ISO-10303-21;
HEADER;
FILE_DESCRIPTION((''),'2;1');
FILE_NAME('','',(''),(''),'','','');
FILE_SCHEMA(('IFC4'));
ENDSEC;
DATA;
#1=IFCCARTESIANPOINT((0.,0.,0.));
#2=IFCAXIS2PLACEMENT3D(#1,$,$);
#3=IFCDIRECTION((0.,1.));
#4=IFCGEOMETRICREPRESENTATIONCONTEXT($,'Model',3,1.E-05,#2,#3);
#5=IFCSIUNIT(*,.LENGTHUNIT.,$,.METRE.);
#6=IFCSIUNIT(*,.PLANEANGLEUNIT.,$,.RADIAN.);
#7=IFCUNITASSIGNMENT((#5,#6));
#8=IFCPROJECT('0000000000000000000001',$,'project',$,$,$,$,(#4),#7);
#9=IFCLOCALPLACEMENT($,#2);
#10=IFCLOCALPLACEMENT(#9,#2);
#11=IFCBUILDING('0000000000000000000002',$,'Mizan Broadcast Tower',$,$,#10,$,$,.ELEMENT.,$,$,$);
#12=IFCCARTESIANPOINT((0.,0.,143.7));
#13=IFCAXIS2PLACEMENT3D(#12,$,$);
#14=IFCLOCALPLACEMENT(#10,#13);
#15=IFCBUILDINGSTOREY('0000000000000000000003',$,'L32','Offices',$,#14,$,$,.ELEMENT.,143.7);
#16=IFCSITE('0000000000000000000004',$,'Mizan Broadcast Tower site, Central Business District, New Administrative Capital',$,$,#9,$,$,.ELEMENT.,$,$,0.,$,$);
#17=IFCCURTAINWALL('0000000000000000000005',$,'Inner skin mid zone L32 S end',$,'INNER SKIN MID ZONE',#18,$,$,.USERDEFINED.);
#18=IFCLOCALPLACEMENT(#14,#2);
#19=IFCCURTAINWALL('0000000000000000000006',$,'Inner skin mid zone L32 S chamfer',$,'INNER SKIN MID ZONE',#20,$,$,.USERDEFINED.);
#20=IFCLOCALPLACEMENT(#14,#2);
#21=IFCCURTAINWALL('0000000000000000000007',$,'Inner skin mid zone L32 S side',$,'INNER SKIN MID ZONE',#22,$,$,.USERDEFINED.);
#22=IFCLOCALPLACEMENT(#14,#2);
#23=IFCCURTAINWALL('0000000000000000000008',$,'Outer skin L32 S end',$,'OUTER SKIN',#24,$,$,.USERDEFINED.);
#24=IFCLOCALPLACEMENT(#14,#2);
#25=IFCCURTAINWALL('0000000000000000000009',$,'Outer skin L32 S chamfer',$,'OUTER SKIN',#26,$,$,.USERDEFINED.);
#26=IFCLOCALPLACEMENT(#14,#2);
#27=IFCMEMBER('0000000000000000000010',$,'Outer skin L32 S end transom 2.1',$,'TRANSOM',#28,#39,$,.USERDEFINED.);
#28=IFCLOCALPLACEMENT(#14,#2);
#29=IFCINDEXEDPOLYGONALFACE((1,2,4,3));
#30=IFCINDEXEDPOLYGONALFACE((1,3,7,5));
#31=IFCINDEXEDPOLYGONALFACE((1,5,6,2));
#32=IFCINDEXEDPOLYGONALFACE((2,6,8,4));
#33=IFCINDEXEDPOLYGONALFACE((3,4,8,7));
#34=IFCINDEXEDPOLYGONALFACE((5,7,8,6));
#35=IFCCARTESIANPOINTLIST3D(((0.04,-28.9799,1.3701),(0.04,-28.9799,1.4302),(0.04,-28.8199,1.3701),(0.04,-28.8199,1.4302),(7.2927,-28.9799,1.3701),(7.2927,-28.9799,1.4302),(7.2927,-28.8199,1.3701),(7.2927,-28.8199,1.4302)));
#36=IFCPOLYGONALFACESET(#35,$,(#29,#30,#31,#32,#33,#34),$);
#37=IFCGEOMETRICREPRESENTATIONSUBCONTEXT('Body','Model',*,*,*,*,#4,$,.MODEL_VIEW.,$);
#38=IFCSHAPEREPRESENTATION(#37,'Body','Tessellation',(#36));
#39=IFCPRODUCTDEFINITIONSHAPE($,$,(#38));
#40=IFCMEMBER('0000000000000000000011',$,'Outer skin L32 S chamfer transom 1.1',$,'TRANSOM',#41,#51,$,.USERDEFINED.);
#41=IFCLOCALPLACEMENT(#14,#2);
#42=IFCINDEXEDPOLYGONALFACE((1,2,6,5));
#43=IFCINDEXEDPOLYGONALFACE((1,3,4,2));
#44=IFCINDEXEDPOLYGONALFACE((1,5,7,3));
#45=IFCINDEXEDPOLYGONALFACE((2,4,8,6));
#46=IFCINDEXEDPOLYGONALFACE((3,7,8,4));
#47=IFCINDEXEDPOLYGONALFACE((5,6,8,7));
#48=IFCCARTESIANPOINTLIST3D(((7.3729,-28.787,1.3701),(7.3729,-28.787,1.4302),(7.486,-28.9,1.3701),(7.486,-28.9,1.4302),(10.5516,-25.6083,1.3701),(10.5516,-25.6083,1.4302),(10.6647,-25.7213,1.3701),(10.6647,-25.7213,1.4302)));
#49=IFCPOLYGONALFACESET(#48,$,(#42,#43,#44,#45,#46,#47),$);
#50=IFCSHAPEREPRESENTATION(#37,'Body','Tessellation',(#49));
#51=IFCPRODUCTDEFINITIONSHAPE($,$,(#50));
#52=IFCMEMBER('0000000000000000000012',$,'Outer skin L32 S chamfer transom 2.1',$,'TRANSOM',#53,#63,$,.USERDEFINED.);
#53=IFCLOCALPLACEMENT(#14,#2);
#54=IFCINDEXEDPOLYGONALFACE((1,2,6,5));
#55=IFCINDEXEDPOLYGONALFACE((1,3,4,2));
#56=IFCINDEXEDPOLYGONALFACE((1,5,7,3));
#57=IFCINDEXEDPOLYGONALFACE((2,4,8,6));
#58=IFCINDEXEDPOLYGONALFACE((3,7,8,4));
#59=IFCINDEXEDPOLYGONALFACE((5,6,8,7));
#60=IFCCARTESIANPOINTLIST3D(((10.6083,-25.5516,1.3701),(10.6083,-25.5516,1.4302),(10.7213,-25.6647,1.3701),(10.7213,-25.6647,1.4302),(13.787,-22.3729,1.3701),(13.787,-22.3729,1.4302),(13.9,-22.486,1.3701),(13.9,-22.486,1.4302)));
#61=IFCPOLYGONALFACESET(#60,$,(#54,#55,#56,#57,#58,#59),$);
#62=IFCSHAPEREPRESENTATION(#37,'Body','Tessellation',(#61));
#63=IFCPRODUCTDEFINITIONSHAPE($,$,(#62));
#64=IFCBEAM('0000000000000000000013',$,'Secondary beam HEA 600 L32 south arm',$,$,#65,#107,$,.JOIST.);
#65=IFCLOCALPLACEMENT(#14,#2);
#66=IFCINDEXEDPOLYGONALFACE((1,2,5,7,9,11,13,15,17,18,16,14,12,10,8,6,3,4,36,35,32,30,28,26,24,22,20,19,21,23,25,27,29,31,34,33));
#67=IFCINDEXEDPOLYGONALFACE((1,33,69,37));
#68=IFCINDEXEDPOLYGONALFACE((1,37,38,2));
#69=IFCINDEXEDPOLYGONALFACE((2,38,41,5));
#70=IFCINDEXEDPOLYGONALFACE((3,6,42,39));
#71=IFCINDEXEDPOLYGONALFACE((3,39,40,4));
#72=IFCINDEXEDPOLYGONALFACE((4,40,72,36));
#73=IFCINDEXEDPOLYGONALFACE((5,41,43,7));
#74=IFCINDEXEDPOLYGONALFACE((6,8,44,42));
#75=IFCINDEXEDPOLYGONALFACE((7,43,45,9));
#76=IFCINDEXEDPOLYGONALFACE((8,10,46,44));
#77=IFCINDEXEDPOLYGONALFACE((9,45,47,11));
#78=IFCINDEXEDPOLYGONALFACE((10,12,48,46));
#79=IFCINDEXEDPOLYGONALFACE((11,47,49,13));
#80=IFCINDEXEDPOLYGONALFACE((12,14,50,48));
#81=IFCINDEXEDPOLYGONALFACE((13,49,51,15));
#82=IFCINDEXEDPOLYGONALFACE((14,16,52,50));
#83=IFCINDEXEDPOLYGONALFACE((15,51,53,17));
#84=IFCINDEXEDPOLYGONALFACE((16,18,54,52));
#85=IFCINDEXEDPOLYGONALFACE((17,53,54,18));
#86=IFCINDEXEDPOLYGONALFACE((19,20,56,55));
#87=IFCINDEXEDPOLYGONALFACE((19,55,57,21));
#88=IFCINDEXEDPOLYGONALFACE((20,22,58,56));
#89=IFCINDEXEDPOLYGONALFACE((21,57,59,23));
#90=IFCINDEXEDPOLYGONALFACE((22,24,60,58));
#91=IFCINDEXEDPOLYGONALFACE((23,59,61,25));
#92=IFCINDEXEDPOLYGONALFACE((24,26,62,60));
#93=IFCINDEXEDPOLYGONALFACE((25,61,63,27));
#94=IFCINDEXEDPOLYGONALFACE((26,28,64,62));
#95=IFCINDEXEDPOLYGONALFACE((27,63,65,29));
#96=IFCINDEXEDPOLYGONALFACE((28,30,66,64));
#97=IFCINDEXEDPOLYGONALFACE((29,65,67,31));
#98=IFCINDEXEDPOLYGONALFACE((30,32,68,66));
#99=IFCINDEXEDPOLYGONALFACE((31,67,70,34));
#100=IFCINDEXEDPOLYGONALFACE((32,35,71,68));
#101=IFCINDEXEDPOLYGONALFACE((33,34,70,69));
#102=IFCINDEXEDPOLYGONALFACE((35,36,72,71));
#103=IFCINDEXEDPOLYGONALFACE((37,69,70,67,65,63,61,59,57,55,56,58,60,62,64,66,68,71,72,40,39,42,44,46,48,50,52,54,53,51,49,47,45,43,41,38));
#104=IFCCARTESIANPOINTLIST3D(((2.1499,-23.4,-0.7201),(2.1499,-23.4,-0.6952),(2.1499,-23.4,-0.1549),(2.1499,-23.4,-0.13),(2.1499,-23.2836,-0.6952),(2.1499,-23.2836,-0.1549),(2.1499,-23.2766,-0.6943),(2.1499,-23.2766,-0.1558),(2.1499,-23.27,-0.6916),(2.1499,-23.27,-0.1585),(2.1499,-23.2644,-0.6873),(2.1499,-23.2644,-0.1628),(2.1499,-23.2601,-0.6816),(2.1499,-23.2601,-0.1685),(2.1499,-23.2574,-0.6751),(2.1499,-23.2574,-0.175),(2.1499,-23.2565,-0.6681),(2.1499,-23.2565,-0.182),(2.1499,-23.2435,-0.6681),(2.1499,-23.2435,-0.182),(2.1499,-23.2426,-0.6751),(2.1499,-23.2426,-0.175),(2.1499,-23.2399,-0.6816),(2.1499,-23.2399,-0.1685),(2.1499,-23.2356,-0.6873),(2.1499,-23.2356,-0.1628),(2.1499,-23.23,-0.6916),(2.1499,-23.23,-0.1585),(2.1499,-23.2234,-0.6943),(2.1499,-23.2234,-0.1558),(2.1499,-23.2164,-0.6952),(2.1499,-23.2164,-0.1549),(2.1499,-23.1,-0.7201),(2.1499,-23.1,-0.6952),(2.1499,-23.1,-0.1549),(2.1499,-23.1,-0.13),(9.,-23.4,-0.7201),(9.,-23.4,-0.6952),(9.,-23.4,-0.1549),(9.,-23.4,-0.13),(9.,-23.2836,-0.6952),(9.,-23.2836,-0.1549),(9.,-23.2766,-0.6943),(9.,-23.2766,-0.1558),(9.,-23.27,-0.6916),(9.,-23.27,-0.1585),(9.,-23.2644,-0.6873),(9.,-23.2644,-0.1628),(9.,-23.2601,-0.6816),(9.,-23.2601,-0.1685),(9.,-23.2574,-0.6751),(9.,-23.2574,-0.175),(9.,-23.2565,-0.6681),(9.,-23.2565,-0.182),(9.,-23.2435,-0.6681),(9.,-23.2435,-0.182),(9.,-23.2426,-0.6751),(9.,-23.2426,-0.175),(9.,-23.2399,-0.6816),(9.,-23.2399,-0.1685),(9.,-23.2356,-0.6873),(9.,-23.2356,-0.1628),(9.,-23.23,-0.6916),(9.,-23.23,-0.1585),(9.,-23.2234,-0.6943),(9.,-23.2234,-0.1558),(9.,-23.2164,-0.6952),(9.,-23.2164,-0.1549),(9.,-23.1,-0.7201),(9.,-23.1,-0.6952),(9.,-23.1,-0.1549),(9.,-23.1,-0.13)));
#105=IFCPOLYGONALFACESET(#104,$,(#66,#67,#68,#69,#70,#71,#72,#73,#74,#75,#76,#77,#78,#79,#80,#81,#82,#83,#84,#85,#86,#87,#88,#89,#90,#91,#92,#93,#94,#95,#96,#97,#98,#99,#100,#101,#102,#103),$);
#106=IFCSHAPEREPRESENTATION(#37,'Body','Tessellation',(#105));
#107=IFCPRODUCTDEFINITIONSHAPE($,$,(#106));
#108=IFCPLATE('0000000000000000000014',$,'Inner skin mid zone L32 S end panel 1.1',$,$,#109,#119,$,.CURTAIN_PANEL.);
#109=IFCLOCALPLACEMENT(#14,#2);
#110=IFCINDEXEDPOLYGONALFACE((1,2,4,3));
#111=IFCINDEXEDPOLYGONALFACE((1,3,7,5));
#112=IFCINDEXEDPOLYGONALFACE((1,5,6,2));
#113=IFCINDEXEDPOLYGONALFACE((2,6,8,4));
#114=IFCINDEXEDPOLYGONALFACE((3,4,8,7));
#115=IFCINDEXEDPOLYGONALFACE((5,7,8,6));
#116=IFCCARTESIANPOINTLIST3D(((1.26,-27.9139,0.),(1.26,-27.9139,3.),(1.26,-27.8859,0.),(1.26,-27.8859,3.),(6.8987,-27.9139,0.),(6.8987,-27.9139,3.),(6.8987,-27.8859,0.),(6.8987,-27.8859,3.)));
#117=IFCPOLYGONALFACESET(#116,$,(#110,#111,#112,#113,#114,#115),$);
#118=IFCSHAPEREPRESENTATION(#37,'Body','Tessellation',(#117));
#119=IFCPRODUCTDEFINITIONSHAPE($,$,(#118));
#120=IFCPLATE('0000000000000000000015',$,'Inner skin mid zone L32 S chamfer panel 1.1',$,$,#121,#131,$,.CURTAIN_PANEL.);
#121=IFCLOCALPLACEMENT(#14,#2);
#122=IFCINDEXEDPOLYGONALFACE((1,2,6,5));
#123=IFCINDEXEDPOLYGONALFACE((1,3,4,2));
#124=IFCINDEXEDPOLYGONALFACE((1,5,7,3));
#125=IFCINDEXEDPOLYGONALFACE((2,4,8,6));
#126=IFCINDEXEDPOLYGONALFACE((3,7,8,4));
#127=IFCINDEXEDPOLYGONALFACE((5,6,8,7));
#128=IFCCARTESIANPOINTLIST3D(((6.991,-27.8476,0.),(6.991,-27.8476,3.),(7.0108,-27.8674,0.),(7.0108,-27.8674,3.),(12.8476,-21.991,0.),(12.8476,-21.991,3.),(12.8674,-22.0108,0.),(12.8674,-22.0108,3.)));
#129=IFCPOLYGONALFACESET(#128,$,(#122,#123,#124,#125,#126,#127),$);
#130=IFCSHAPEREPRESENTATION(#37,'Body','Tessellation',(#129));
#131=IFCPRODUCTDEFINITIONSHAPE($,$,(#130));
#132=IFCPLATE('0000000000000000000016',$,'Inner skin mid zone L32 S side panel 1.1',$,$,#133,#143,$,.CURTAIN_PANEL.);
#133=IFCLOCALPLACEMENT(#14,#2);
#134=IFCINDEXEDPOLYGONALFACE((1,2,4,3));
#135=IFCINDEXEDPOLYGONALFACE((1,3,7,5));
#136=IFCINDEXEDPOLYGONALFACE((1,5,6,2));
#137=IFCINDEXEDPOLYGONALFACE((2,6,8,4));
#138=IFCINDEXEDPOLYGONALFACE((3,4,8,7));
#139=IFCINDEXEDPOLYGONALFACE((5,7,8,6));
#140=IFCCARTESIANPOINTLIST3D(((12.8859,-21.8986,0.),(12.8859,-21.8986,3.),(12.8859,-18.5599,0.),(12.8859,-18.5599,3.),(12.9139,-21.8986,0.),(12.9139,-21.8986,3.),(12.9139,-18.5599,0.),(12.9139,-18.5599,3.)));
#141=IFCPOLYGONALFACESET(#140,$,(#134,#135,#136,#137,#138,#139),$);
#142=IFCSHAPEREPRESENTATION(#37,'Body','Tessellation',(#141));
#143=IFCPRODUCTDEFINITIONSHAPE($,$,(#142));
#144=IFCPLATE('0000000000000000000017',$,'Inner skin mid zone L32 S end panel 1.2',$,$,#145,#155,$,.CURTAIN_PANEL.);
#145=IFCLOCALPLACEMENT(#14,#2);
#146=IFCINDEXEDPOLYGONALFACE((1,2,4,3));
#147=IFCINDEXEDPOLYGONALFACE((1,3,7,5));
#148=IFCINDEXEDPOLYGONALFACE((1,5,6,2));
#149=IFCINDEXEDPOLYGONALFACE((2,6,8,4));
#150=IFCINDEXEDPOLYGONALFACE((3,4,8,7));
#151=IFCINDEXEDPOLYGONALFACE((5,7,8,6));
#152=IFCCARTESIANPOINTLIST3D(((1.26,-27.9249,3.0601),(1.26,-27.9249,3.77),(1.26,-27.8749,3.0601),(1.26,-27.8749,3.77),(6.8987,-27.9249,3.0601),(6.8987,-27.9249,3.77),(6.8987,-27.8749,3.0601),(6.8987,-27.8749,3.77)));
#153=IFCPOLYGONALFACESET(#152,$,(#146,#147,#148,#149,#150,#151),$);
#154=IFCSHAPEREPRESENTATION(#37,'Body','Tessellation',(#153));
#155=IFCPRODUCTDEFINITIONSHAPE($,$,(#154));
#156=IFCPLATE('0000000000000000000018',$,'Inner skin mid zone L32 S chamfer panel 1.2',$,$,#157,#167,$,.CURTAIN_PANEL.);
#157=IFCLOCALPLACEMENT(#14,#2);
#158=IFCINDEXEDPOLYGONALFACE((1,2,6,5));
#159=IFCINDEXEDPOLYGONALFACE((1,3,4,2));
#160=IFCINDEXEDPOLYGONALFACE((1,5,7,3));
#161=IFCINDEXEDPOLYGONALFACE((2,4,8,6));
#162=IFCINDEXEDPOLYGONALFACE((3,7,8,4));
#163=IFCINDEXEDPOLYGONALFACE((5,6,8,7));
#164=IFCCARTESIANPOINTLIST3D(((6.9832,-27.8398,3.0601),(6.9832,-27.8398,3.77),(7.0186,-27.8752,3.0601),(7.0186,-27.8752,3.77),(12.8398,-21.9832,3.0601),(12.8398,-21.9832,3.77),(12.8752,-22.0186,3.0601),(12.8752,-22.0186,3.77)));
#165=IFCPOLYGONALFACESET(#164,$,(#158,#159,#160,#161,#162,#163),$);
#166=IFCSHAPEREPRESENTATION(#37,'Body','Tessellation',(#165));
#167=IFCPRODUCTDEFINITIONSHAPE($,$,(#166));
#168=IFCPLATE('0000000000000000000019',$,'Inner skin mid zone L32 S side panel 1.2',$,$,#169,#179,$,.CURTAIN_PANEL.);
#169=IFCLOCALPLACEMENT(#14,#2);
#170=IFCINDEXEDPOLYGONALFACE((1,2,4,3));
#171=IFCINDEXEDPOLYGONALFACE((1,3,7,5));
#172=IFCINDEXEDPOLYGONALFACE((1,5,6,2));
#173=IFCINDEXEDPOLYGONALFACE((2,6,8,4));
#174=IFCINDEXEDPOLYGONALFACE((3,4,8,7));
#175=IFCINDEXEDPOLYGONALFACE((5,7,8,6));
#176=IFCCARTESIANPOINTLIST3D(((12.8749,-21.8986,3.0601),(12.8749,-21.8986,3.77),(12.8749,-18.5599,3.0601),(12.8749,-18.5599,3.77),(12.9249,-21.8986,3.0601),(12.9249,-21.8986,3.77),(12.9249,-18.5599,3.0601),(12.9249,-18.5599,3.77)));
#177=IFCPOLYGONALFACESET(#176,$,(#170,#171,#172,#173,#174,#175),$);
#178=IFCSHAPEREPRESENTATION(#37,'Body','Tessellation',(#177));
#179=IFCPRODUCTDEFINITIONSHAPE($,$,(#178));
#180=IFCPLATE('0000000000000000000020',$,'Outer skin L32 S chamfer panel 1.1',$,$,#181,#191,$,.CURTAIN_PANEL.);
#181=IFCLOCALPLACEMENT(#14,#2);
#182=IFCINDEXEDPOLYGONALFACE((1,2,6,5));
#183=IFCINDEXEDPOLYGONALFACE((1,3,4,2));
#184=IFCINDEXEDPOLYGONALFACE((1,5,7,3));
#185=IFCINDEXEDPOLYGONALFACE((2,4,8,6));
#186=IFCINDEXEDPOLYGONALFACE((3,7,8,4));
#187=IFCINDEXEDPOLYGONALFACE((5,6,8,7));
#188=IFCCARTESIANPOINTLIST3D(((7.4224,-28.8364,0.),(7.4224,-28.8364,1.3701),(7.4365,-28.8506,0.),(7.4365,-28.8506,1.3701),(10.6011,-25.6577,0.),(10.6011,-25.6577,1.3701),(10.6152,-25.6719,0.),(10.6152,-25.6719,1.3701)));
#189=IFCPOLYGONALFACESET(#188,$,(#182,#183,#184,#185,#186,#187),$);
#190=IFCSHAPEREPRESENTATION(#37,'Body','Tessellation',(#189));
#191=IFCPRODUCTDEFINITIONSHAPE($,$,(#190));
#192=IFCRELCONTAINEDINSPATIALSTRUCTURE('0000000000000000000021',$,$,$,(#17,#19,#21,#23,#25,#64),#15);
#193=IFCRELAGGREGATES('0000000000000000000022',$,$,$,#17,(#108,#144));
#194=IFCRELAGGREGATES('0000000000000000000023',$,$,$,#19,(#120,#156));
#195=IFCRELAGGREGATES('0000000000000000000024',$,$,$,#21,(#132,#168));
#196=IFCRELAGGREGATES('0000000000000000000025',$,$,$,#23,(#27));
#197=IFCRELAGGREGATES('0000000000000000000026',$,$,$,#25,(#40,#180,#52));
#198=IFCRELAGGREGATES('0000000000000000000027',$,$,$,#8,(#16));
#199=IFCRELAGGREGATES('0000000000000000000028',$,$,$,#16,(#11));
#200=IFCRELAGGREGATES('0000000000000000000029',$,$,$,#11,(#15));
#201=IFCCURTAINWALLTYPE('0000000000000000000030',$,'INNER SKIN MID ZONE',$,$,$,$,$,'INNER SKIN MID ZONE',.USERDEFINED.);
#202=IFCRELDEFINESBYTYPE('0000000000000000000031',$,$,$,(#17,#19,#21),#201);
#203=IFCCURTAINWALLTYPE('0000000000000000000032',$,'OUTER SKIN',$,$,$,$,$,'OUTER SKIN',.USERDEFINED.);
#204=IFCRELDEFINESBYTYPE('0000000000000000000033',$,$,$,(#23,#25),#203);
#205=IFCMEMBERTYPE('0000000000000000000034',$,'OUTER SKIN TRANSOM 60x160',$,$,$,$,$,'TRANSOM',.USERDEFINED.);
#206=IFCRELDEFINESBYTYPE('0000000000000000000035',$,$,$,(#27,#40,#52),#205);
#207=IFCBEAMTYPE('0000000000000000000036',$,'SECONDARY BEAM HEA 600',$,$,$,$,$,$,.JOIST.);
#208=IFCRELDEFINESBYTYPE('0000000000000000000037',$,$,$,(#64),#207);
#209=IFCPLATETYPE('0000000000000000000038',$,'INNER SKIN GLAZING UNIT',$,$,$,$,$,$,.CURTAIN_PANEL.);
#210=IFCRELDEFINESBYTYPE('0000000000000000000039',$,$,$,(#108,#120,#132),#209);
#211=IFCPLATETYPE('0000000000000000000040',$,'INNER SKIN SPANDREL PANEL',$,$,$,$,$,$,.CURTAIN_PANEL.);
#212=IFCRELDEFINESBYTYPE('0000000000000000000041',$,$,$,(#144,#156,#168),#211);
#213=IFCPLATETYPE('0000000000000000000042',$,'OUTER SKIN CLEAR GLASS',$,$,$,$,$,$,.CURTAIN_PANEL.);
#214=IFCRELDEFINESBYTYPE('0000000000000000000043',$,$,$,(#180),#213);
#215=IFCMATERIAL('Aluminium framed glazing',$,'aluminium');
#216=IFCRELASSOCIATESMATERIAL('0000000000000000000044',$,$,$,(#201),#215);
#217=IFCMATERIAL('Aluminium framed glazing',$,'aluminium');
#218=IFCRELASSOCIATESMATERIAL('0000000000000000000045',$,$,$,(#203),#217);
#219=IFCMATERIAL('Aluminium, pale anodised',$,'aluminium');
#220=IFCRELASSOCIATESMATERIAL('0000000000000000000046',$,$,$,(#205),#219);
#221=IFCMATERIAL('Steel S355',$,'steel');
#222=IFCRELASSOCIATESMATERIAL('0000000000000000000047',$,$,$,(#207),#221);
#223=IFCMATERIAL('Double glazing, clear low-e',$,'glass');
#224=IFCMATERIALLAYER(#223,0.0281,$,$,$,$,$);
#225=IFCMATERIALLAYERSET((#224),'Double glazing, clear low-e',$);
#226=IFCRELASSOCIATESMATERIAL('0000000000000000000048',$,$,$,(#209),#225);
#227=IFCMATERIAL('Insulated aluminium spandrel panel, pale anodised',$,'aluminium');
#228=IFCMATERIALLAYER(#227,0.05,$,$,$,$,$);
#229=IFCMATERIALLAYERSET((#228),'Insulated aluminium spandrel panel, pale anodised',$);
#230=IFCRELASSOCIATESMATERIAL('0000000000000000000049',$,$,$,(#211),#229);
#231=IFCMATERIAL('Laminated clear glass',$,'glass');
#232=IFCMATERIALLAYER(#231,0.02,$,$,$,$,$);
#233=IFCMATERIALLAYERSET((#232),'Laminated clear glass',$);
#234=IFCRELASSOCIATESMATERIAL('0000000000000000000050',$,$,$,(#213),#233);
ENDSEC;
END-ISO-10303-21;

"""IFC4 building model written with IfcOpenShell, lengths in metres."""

from ifc_helpers import new_model, si_unit, direction, frame, origin, origin_2d, place, context, subcontext, project, spatial, rectangle, i_section, extrude, material, layer, layer_set, material_profile, profile_set, type_object, element, aggregate, save


model = new_model("IFC4")

# Units and contexts
model_context = context("Model", 3, precision=1e-05, world=origin(), true_north=direction((0.0, 1.0)))
body_context = subcontext(model_context, "Body", "Model", "MODEL_VIEW")
ifc_project = project(units=[si_unit("LENGTHUNIT", "METRE"), si_unit("PLANEANGLEUNIT", "RADIAN")], contexts=[model_context])

# Site, building, storey
site_placement = place(None, origin())
site = spatial("IfcSite", under=ifc_project, at=site_placement, Name="Mizan Broadcast Tower site, Central Business District, New Administrative Capital", CompositionType="ELEMENT", RefElevation=0.0)
building_placement = place(site_placement, origin())
building = spatial("IfcBuilding", under=site, at=building_placement, Name="Mizan Broadcast Tower", CompositionType="ELEMENT")
storey_placement = place(building_placement, frame((0.0, 0.0, 143.7)))
storey = spatial("IfcBuildingStorey", under=building, at=storey_placement, Name="L32", Description="Offices", CompositionType="ELEMENT", Elevation=143.7)

# Curtain wall
ifc_material_1 = material(Name="Aluminium framed glazing", Category="aluminium")
curtain_wall_type_1 = type_object("IfcCurtainWallType", Name="INNER SKIN MID ZONE", ElementType="INNER SKIN MID ZONE", PredefinedType="USERDEFINED", material=ifc_material_1)
curtain_wall_1_placement = place(storey_placement, origin())
curtain_wall_1 = element("IfcCurtainWall", 1, at=curtain_wall_1_placement, inside=storey, type_object=curtain_wall_type_1, Name="Inner skin mid zone L32 S end", ObjectType="INNER SKIN MID ZONE", PredefinedType="USERDEFINED")

# Curtain wall
curtain_wall_2_placement = place(storey_placement, origin())
curtain_wall_2 = element("IfcCurtainWall", 2, at=curtain_wall_2_placement, inside=storey, type_object=curtain_wall_type_1, Name="Inner skin mid zone L32 S chamfer", ObjectType="INNER SKIN MID ZONE", PredefinedType="USERDEFINED")

# Curtain wall
curtain_wall_3_placement = place(storey_placement, origin())
curtain_wall_3 = element("IfcCurtainWall", 3, at=curtain_wall_3_placement, inside=storey, type_object=curtain_wall_type_1, Name="Inner skin mid zone L32 S side", ObjectType="INNER SKIN MID ZONE", PredefinedType="USERDEFINED")

# Curtain wall
ifc_material_2 = material(Name="Aluminium framed glazing", Category="aluminium")
curtain_wall_type_2 = type_object("IfcCurtainWallType", Name="OUTER SKIN", ElementType="OUTER SKIN", PredefinedType="USERDEFINED", material=ifc_material_2)
curtain_wall_4_placement = place(storey_placement, origin())
curtain_wall_4 = element("IfcCurtainWall", 4, at=curtain_wall_4_placement, inside=storey, type_object=curtain_wall_type_2, Name="Outer skin L32 S end", ObjectType="OUTER SKIN", PredefinedType="USERDEFINED")

# Curtain wall
curtain_wall_5_placement = place(storey_placement, origin())
curtain_wall_5 = element("IfcCurtainWall", 5, at=curtain_wall_5_placement, inside=storey, type_object=curtain_wall_type_2, Name="Outer skin L32 S chamfer", ObjectType="OUTER SKIN", PredefinedType="USERDEFINED")

# Members
ifc_material_3 = material(Name="Aluminium, pale anodised", Category="aluminium")
ifc_material_profile_1 = material_profile(ifc_material_3, rectangle(XDim=0.1599, YDim=0.0601, at=origin_2d()), Name="TRANSOM 160x60")
ifc_profile_set_1 = profile_set([ifc_material_profile_1], Name="Aluminium, pale anodised")
member_type_1 = type_object("IfcMemberType", Name="OUTER SKIN TRANSOM 60x160", ElementType="TRANSOM", PredefinedType="USERDEFINED", material=ifc_profile_set_1)
member_1_placement = place(storey_placement, frame((0.04, -28.8999, 1.4001), z_axis=(1.0, 0.0, 0.0), x_axis=(0.0, 1.0, 0.0)))
member_1 = element("IfcMember", 6, at=member_1_placement, type_object=member_type_1, Name="Outer skin L32 S end transom 2.1", ObjectType="TRANSOM", PredefinedType="USERDEFINED", context=body_context, shape_type="SweptSolid", body=[
    extrude(rectangle(XDim=0.1599, YDim=0.0601, at=origin_2d()), origin(), (0.0, 0.0, 1.0), 7.2527),
])
member_2_placement = place(storey_placement, frame((7.4294, -28.8435, 1.4001), z_axis=(0.707107, 0.707107, 0.0), x_axis=(-0.707107, 0.707107, 0.0)))
member_2 = element("IfcMember", 7, at=member_2_placement, type_object=member_type_1, Name="Outer skin L32 S chamfer transom 1.1", ObjectType="TRANSOM", PredefinedType="USERDEFINED", context=body_context, shape_type="SweptSolid", body=[
    extrude(rectangle(XDim=0.1599, YDim=0.0601, at=origin_2d()), origin(), (0.0, 0.0, 1.0), 4.4954),
])
member_3_placement = place(storey_placement, frame((10.6648, -25.6082, 1.4001), z_axis=(0.707107, 0.707107, 0.0), x_axis=(-0.707107, 0.707107, 0.0)))
member_3 = element("IfcMember", 8, at=member_3_placement, type_object=member_type_1, Name="Outer skin L32 S chamfer transom 2.1", ObjectType="TRANSOM", PredefinedType="USERDEFINED", context=body_context, shape_type="SweptSolid", body=[
    extrude(rectangle(XDim=0.1599, YDim=0.0601, at=origin_2d()), origin(), (0.0, 0.0, 1.0), 4.4954),
])

# Beam
ifc_material_4 = material(Name="Steel S355", Category="steel")
ifc_material_profile_2 = material_profile(ifc_material_4, i_section(OverallWidth=0.3, OverallDepth=0.5901, WebThickness=0.0129, FlangeThickness=0.0249, FilletRadius=0.0271, at=origin_2d()), Name="HEA 600")
ifc_profile_set_2 = profile_set([ifc_material_profile_2], Name="Steel S355")
beam_type_1 = type_object("IfcBeamType", Name="SECONDARY BEAM HEA 600", PredefinedType="JOIST", material=ifc_profile_set_2)
beam_1_placement = place(storey_placement, frame((9.0, -23.25, -0.425), z_axis=(-1.0, 0.0, 0.0), x_axis=(0.0, -1.0, 0.0)))
element("IfcBeam", 9, at=beam_1_placement, inside=storey, type_object=beam_type_1, Name="Secondary beam HEA 600 L32 south arm", PredefinedType="JOIST", context=body_context, shape_type="SweptSolid", body=[
    extrude(i_section(OverallWidth=0.3, OverallDepth=0.5901, WebThickness=0.0129, FlangeThickness=0.0249, FilletRadius=0.0271, at=origin_2d()), origin(), (0.0, 0.0, 1.0), 6.8501),
])

# Plates
ifc_material_5 = material(Name="Double glazing, clear low-e", Category="glass")
ifc_layer_1 = layer(ifc_material_5, 0.0281)
ifc_layer_set_1 = layer_set([ifc_layer_1], Name="Double glazing, clear low-e")
plate_type_1 = type_object("IfcPlateType", Name="INNER SKIN GLAZING UNIT", PredefinedType="CURTAIN_PANEL", material=ifc_layer_set_1)
plate_1_placement = place(storey_placement, frame((4.0793, -27.8999, 0.0), z_axis=(0.0, 0.0, 1.0), x_axis=(1.0, 0.0, 0.0)))
plate_1 = element("IfcPlate", 10, at=plate_1_placement, type_object=plate_type_1, Name="Inner skin mid zone L32 S end panel 1.1", PredefinedType="CURTAIN_PANEL", context=body_context, shape_type="SweptSolid", body=[
    extrude(rectangle(XDim=5.6387, YDim=0.0281, at=origin_2d()), origin(), (0.0, 0.0, 1.0), 3.0),
])
plate_2_placement = place(storey_placement, frame((9.9292, -24.9292, 0.0), z_axis=(0.0, 0.0, 1.0), x_axis=(0.707107, 0.707107, 0.0)))
plate_2 = element("IfcPlate", 11, at=plate_2_placement, type_object=plate_type_1, Name="Inner skin mid zone L32 S chamfer panel 1.1", PredefinedType="CURTAIN_PANEL", context=body_context, shape_type="SweptSolid", body=[
    extrude(rectangle(XDim=8.2825, YDim=0.0281, at=origin_2d()), origin(), (0.0, 0.0, 1.0), 3.0),
])
plate_3_placement = place(storey_placement, frame((12.8999, -20.2292, 0.0), z_axis=(0.0, 0.0, 1.0), x_axis=(0.0, 1.0, 0.0)))
plate_3 = element("IfcPlate", 12, at=plate_3_placement, type_object=plate_type_1, Name="Inner skin mid zone L32 S side panel 1.1", PredefinedType="CURTAIN_PANEL", context=body_context, shape_type="SweptSolid", body=[
    extrude(rectangle(XDim=3.3386, YDim=0.0281, at=origin_2d()), origin(), (0.0, 0.0, 1.0), 3.0),
])
ifc_material_6 = material(Name="Insulated aluminium spandrel panel, pale anodised", Category="aluminium")
ifc_layer_2 = layer(ifc_material_6, 0.05)
ifc_layer_set_2 = layer_set([ifc_layer_2], Name="Insulated aluminium spandrel panel, pale anodised")
plate_type_2 = type_object("IfcPlateType", Name="INNER SKIN SPANDREL PANEL", PredefinedType="CURTAIN_PANEL", material=ifc_layer_set_2)
plate_4_placement = place(storey_placement, frame((4.0793, -27.8999, 3.0601), z_axis=(0.0, 0.0, 1.0), x_axis=(1.0, 0.0, 0.0)))
plate_4 = element("IfcPlate", 13, at=plate_4_placement, type_object=plate_type_2, Name="Inner skin mid zone L32 S end panel 1.2", PredefinedType="CURTAIN_PANEL", context=body_context, shape_type="SweptSolid", body=[
    extrude(rectangle(XDim=5.6387, YDim=0.05, at=origin_2d()), origin(), (0.0, 0.0, 1.0), 0.71),
])
aggregate(curtain_wall_1, [plate_1, plate_4])
plate_5_placement = place(storey_placement, frame((9.9292, -24.9292, 3.0601), z_axis=(0.0, 0.0, 1.0), x_axis=(0.707107, 0.707107, 0.0)))
plate_5 = element("IfcPlate", 14, at=plate_5_placement, type_object=plate_type_2, Name="Inner skin mid zone L32 S chamfer panel 1.2", PredefinedType="CURTAIN_PANEL", context=body_context, shape_type="SweptSolid", body=[
    extrude(rectangle(XDim=8.2825, YDim=0.05, at=origin_2d()), origin(), (0.0, 0.0, 1.0), 0.71),
])
aggregate(curtain_wall_2, [plate_2, plate_5])
plate_6_placement = place(storey_placement, frame((12.8999, -20.2292, 3.0601), z_axis=(0.0, 0.0, 1.0), x_axis=(0.0, 1.0, 0.0)))
plate_6 = element("IfcPlate", 15, at=plate_6_placement, type_object=plate_type_2, Name="Inner skin mid zone L32 S side panel 1.2", PredefinedType="CURTAIN_PANEL", context=body_context, shape_type="SweptSolid", body=[
    extrude(rectangle(XDim=3.3386, YDim=0.05, at=origin_2d()), origin(), (0.0, 0.0, 1.0), 0.71),
])
aggregate(curtain_wall_3, [plate_3, plate_6])
ifc_material_7 = material(Name="Laminated clear glass", Category="glass")
ifc_layer_3 = layer(ifc_material_7, 0.02)
ifc_layer_set_3 = layer_set([ifc_layer_3], Name="Laminated clear glass")
plate_type_3 = type_object("IfcPlateType", Name="OUTER SKIN CLEAR GLASS", PredefinedType="CURTAIN_PANEL", material=ifc_layer_set_3)
plate_7_placement = place(storey_placement, frame((9.0188, -27.2542, 0.0), z_axis=(0.0, 0.0, 1.0), x_axis=(0.707107, 0.707107, 0.0)))
plate_7 = element("IfcPlate", 16, at=plate_7_placement, type_object=plate_type_3, Name="Outer skin L32 S chamfer panel 1.1", PredefinedType="CURTAIN_PANEL", context=body_context, shape_type="SweptSolid", body=[
    extrude(rectangle(XDim=4.4954, YDim=0.02, at=origin_2d()), origin(), (0.0, 0.0, 1.0), 1.3701),
])
aggregate(curtain_wall_4, [member_1])
aggregate(curtain_wall_5, [member_2, plate_7, member_3])

save(model, "model.ifc")
